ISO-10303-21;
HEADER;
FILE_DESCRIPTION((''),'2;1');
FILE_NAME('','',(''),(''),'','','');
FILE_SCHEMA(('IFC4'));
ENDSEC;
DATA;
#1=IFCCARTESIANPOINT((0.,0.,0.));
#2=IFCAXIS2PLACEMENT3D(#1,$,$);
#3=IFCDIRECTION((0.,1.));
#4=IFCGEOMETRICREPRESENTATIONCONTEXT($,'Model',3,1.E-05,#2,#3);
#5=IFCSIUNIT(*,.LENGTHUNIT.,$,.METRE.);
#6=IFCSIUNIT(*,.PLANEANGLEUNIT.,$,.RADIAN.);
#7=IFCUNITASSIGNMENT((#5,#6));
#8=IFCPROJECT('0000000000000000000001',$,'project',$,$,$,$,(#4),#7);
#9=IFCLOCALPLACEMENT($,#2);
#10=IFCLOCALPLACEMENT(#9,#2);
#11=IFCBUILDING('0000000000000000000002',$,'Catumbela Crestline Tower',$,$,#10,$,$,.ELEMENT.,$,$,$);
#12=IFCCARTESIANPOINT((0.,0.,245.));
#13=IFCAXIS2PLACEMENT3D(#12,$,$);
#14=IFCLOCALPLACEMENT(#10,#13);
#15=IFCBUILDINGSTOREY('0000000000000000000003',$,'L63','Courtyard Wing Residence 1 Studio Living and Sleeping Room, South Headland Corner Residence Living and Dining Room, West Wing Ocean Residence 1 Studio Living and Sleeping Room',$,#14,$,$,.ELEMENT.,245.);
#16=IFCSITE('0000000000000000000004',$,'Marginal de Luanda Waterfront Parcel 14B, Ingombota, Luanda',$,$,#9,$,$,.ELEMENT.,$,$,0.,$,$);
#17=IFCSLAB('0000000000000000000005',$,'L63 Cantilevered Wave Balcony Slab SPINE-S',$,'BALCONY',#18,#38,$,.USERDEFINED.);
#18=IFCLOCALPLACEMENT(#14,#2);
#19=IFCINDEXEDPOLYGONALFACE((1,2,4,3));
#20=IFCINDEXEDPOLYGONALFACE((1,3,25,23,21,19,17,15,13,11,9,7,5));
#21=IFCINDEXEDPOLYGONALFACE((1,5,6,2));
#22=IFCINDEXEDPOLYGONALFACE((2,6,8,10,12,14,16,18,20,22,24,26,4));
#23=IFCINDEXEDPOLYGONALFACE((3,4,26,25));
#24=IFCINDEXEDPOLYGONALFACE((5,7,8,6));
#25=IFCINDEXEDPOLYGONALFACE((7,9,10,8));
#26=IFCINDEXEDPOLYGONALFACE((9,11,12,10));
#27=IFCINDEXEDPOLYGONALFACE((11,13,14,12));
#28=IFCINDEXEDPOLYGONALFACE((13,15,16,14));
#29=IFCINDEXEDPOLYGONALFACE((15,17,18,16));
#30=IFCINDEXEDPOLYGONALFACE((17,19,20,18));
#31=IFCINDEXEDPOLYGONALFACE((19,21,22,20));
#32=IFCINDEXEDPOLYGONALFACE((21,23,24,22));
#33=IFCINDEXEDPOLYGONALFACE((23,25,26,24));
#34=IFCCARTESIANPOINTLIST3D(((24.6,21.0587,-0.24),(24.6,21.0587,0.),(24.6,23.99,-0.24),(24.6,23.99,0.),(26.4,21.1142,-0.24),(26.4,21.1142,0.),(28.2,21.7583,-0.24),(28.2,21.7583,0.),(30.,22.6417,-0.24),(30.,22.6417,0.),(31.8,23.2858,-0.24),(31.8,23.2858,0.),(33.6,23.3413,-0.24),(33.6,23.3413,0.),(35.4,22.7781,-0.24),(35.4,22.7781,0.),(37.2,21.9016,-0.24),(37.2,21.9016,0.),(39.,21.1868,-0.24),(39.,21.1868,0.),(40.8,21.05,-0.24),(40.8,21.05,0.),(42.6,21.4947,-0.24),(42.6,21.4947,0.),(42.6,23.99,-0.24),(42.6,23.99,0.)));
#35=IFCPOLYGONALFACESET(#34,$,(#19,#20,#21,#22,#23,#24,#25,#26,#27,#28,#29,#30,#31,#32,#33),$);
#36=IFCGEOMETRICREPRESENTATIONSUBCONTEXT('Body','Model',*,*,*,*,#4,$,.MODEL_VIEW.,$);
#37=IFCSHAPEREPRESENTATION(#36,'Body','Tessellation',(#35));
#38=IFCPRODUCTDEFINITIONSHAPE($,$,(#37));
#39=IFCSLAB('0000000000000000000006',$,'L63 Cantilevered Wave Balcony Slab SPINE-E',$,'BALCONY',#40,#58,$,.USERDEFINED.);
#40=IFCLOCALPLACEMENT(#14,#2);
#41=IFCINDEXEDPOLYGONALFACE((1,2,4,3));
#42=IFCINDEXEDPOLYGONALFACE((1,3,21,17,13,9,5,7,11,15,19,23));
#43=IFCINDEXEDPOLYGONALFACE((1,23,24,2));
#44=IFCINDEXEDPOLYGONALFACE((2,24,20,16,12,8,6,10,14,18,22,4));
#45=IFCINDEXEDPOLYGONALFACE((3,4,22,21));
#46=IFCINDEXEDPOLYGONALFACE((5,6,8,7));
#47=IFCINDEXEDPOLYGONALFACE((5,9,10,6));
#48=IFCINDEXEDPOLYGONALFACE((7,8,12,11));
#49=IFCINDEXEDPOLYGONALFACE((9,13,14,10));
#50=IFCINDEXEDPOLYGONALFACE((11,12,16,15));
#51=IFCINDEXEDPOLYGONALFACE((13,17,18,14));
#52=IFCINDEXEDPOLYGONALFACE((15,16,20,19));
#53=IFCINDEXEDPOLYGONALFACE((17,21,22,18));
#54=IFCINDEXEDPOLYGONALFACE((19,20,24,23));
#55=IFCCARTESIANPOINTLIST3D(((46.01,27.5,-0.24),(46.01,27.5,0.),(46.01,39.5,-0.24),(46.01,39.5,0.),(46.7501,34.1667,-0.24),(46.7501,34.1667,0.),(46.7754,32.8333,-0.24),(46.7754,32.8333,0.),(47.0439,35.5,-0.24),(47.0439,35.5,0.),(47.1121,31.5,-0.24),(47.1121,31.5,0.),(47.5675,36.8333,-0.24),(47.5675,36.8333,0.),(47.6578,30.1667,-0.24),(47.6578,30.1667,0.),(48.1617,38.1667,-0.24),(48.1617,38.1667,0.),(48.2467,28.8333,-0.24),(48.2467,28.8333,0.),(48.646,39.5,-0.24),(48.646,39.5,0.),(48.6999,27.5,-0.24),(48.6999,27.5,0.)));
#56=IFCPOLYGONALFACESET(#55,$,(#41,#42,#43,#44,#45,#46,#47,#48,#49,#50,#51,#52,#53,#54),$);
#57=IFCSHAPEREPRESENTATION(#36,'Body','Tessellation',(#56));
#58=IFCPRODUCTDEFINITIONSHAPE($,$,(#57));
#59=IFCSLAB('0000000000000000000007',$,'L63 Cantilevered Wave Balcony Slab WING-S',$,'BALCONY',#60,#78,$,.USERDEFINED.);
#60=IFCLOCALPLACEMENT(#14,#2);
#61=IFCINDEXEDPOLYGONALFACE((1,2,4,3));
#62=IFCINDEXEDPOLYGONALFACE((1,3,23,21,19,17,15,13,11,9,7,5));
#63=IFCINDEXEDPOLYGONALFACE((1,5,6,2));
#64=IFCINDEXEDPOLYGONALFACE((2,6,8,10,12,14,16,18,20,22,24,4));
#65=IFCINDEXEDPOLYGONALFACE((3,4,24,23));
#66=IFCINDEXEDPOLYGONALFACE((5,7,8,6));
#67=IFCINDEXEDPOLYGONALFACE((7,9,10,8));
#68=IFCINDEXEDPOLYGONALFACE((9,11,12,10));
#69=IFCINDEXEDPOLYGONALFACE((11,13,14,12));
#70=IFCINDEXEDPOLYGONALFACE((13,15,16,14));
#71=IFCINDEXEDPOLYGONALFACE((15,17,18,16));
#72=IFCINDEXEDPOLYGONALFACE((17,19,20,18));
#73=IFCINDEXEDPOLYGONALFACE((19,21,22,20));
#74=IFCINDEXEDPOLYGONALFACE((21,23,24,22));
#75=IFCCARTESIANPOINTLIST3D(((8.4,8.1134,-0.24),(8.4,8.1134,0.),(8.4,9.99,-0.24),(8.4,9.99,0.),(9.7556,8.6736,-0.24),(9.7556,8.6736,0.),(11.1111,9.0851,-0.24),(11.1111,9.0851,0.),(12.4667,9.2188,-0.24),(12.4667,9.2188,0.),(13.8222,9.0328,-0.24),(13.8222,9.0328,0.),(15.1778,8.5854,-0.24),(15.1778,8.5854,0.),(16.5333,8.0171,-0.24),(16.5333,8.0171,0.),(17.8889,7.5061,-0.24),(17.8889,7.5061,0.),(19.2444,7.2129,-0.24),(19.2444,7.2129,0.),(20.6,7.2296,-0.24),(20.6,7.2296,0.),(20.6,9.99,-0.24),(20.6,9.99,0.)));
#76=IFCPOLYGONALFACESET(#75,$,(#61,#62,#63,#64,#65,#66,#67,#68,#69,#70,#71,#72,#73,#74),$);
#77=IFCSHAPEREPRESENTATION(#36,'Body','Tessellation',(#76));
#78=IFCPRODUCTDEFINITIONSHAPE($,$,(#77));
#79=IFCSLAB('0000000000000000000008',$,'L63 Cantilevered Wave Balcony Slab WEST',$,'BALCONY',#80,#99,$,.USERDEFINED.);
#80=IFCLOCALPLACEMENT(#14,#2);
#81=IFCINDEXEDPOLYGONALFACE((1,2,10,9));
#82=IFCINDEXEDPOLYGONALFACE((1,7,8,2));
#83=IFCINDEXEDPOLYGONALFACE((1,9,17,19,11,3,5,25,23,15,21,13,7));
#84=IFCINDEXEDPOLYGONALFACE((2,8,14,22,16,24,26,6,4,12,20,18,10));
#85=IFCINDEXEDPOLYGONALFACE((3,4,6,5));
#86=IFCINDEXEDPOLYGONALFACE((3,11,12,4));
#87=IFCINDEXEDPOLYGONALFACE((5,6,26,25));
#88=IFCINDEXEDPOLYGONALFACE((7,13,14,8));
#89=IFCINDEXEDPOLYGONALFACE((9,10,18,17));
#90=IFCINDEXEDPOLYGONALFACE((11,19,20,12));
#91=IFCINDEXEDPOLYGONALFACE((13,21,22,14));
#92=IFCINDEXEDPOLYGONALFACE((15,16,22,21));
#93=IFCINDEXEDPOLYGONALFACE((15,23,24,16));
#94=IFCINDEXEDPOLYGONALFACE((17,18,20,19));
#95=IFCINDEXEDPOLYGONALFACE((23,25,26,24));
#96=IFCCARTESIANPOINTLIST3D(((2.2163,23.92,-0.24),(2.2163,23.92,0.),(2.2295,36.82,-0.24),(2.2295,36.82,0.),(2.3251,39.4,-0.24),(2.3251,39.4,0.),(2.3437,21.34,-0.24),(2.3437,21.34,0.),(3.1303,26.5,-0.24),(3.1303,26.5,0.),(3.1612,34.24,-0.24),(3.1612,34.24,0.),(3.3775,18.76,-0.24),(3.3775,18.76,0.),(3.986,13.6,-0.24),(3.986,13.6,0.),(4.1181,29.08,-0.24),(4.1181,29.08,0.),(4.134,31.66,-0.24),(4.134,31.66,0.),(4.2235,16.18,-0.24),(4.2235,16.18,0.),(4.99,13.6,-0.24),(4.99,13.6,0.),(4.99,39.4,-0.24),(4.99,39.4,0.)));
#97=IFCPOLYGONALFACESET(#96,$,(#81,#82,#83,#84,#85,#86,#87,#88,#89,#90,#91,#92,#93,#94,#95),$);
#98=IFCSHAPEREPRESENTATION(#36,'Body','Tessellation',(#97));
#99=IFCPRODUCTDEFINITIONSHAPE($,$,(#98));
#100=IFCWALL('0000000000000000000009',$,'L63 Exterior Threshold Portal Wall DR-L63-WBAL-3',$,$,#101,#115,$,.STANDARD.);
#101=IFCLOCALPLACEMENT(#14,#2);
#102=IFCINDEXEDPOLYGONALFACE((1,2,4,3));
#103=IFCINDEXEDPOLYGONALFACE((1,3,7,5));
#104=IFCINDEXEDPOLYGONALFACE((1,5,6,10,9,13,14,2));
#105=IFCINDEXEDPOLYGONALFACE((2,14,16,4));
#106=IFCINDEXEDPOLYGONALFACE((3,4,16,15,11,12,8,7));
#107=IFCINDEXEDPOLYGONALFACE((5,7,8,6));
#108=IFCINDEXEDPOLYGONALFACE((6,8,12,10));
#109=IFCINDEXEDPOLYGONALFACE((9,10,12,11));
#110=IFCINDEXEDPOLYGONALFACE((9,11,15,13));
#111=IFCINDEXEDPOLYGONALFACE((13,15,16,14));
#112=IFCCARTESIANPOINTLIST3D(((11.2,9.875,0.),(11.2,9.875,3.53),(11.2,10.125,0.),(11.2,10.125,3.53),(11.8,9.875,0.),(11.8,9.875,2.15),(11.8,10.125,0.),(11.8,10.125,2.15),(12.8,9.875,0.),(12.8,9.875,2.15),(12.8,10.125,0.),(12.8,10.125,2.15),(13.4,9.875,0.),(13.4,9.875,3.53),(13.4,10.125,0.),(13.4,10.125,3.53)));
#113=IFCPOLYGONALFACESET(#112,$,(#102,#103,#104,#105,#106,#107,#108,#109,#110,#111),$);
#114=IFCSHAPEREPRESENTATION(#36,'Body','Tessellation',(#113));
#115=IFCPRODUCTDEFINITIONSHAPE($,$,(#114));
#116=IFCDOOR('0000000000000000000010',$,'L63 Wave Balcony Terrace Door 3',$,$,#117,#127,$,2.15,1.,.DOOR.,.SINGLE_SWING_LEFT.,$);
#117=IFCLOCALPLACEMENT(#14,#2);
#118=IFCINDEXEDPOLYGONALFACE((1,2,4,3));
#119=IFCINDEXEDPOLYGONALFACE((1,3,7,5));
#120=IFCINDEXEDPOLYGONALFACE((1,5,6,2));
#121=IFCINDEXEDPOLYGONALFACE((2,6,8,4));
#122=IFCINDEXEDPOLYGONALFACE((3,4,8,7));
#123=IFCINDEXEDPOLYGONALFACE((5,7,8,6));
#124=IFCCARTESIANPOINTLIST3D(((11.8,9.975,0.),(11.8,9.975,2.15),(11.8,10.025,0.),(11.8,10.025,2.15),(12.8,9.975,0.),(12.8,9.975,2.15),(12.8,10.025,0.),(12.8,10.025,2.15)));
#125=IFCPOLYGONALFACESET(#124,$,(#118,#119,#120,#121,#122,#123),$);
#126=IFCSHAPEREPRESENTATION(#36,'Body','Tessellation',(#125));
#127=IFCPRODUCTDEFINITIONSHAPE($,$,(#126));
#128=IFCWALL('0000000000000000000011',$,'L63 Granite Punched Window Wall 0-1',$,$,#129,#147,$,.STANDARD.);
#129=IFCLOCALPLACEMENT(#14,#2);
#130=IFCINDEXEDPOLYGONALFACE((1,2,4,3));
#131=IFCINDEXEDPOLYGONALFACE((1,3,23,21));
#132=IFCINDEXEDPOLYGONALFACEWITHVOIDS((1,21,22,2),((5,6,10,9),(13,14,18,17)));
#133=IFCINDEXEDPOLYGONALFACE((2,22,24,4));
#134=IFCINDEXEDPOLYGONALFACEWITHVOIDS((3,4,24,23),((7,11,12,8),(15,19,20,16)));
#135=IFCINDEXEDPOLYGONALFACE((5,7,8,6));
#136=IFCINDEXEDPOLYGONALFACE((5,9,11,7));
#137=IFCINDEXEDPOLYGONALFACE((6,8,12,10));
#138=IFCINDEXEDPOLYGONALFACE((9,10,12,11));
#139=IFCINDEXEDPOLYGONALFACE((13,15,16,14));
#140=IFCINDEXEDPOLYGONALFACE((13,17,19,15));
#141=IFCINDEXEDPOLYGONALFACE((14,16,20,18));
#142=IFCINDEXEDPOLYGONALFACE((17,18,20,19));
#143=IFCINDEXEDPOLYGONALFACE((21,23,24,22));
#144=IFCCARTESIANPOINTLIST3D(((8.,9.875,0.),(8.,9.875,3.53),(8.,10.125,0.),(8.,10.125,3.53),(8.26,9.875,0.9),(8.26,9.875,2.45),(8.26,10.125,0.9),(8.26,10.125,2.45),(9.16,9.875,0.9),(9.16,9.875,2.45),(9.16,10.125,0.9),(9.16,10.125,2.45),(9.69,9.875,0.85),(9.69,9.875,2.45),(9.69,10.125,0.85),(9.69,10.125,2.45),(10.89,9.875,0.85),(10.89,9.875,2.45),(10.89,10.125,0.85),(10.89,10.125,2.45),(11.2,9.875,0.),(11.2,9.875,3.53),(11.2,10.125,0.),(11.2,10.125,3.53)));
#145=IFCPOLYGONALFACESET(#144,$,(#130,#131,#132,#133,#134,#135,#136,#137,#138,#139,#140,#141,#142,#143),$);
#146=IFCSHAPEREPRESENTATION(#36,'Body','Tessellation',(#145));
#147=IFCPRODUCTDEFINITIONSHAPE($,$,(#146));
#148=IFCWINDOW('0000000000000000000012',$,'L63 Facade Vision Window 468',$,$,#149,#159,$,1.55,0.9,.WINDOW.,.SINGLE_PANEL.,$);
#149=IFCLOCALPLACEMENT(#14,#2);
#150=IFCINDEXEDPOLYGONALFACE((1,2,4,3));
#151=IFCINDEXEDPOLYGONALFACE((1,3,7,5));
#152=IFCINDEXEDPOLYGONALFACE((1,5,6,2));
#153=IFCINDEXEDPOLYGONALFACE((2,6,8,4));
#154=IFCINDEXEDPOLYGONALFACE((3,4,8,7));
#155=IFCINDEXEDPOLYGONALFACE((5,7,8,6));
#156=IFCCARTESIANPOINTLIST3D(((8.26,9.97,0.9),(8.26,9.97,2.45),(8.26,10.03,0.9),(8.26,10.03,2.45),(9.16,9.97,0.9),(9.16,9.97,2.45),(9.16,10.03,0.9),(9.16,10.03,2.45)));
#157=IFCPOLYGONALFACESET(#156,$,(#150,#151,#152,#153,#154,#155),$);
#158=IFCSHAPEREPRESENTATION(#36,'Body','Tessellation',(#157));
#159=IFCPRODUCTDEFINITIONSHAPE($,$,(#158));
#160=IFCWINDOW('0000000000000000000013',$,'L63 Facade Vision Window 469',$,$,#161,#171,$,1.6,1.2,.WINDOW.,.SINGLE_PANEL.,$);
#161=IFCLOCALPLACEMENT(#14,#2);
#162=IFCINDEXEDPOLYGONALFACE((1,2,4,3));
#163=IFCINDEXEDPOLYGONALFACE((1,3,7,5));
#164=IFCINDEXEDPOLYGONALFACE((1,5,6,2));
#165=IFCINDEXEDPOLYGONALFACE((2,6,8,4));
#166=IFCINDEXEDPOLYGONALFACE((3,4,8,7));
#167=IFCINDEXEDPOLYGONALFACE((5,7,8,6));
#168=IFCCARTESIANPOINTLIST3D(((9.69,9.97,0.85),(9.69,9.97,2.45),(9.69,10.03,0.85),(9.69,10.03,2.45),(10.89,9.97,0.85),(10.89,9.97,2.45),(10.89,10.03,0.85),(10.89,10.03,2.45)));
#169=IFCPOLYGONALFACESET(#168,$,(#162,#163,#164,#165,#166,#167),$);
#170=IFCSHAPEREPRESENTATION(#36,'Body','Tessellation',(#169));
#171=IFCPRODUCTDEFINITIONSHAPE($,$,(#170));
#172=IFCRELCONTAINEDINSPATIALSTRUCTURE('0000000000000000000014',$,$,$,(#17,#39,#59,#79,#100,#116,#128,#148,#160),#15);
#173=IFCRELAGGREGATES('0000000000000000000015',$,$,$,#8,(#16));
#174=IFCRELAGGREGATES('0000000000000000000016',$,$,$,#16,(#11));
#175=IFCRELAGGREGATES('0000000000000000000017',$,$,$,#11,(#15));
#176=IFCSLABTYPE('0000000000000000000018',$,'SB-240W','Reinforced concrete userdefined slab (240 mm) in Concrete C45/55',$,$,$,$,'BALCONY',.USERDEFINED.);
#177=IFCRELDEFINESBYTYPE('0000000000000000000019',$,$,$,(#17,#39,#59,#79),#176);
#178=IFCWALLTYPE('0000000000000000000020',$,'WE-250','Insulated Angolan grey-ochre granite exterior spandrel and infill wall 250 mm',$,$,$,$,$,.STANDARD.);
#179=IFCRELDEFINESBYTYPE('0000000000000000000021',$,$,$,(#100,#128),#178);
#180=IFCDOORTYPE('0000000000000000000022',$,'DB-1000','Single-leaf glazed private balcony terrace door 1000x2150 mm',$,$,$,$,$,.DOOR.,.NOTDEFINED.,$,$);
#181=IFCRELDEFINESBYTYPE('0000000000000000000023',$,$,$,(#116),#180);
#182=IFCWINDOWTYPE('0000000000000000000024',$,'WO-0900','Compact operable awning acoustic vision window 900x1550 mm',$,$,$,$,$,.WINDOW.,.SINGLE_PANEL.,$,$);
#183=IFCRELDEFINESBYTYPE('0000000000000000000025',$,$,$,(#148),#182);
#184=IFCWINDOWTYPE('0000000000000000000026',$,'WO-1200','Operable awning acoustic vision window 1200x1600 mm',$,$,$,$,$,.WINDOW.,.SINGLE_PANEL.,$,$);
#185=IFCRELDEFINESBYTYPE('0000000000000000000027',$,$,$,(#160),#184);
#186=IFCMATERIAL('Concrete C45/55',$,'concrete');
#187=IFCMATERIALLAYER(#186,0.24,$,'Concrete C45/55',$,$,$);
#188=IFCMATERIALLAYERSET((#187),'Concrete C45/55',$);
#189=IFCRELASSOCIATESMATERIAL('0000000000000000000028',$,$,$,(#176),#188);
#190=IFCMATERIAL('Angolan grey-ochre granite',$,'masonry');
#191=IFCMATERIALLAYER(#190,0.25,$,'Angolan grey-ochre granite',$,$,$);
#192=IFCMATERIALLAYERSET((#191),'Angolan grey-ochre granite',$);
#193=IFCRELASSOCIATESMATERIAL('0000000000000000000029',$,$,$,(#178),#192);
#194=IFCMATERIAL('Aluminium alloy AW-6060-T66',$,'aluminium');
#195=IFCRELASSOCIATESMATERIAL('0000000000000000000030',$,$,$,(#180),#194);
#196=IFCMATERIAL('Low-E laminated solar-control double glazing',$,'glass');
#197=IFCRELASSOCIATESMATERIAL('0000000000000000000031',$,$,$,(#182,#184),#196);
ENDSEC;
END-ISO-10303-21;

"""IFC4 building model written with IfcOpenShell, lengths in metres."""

from ifc_helpers import new_model, si_unit, direction, frame, frame_2d, origin, place, context, subcontext, project, spatial, polyline, rectangle, outline, extrude, material, layer, layer_set, type_object, element, fill, save


model = new_model("IFC4")

# Units and contexts
model_context = context("Model", 3, precision=1e-05, world=origin(), true_north=direction((0.0, 1.0)))
body_context = subcontext(model_context, "Body", "Model", "MODEL_VIEW")
ifc_project = project(units=[si_unit("LENGTHUNIT", "METRE"), si_unit("PLANEANGLEUNIT", "RADIAN")], contexts=[model_context])

# Site, building, storey
site_placement = place(None, origin())
site = spatial("IfcSite", under=ifc_project, at=site_placement, Name="Marginal de Luanda Waterfront Parcel 14B, Ingombota, Luanda", CompositionType="ELEMENT", RefElevation=0.0)
building_placement = place(site_placement, origin())
building = spatial("IfcBuilding", under=site, at=building_placement, Name="Catumbela Crestline Tower", CompositionType="ELEMENT")
storey_placement = place(building_placement, frame((0.0, 0.0, 245.0)))
storey = spatial("IfcBuildingStorey", under=building, at=storey_placement, Name="L63", Description="Courtyard Wing Residence 1 Studio Living and Sleeping Room, South Headland Corner Residence Living and Dining Room, West Wing Ocean Residence 1 Studio Living and Sleeping Room", CompositionType="ELEMENT", Elevation=245.0)

# Shared definitions
ifc_material_1 = material(Name="Aluminium alloy AW-6060-T66", Category="aluminium")
ifc_material_2 = material(Name="Low-E laminated solar-control double glazing", Category="glass")

# Shared definitions
ifc_material_3 = material(Name="Concrete C45/55", Category="concrete")

# Slabs
ifc_layer_1 = layer(ifc_material_3, 0.24, Name="Concrete C45/55")
ifc_layer_set_1 = layer_set([ifc_layer_1], Name="Concrete C45/55")
slab_type_1 = type_object("IfcSlabType", Name="SB-240W", Description="Reinforced concrete userdefined slab (240 mm) in Concrete C45/55", ElementType="BALCONY", PredefinedType="USERDEFINED", material=ifc_layer_set_1)
slab_1_placement = place(storey_placement, frame((0.0, 0.0, -0.24)))
element("IfcSlab", 1, at=slab_1_placement, inside=storey, type_object=slab_type_1, Name="L63 Cantilevered Wave Balcony Slab SPINE-S", ObjectType="BALCONY", PredefinedType="USERDEFINED", context=body_context, shape_type="SweptSolid", body=[
    extrude(outline(polyline([(24.6, 21.0587), (26.4, 21.1142), (28.2, 21.7583), (30.0, 22.6417), (31.8, 23.2858), (33.6, 23.3413), (35.4, 22.7781), (37.2, 21.9016), (39.0, 21.1868), (40.8, 21.05), (42.6, 21.4947), (42.6, 23.99), (24.6, 23.99), (24.6, 21.0587)])), origin(), (0.0, 0.0, 1.0), 0.24),
])
slab_2_placement = place(storey_placement, frame((0.0, 0.0, -0.24)))
element("IfcSlab", 2, at=slab_2_placement, inside=storey, type_object=slab_type_1, Name="L63 Cantilevered Wave Balcony Slab SPINE-E", ObjectType="BALCONY", PredefinedType="USERDEFINED", context=body_context, shape_type="SweptSolid", body=[
    extrude(outline(polyline([(46.01, 27.5), (48.6999, 27.5), (48.2467, 28.8333), (47.6578, 30.1667), (47.1121, 31.5), (46.7754, 32.8333), (46.7501, 34.1667), (47.0439, 35.5), (47.5675, 36.8333), (48.1617, 38.1667), (48.646, 39.5), (46.01, 39.5), (46.01, 27.5)])), origin(), (0.0, 0.0, 1.0), 0.24),
])
slab_3_placement = place(storey_placement, frame((0.0, 0.0, -0.24)))
element("IfcSlab", 3, at=slab_3_placement, inside=storey, type_object=slab_type_1, Name="L63 Cantilevered Wave Balcony Slab WING-S", ObjectType="BALCONY", PredefinedType="USERDEFINED", context=body_context, shape_type="SweptSolid", body=[
    extrude(outline(polyline([(8.4, 8.1134), (9.7556, 8.6736), (11.1111, 9.0851), (12.4667, 9.2188), (13.8222, 9.0328), (15.1778, 8.5854), (16.5333, 8.0171), (17.8889, 7.5061), (19.2444, 7.2129), (20.6, 7.2296), (20.6, 9.99), (8.4, 9.99), (8.4, 8.1134)])), origin(), (0.0, 0.0, 1.0), 0.24),
])
slab_4_placement = place(storey_placement, frame((0.0, 0.0, -0.24)))
element("IfcSlab", 4, at=slab_4_placement, inside=storey, type_object=slab_type_1, Name="L63 Cantilevered Wave Balcony Slab WEST", ObjectType="BALCONY", PredefinedType="USERDEFINED", context=body_context, shape_type="SweptSolid", body=[
    extrude(outline(polyline([(4.99, 39.4), (2.3251, 39.4), (2.2295, 36.82), (3.1612, 34.24), (4.134, 31.66), (4.1181, 29.08), (3.1303, 26.5), (2.2163, 23.92), (2.3437, 21.34), (3.3775, 18.76), (4.2235, 16.18), (3.986, 13.6), (4.99, 13.6), (4.99, 39.4)])), origin(), (0.0, 0.0, 1.0), 0.24),
])

# Wall, opening, door
ifc_material_4 = material(Name="Angolan grey-ochre granite", Category="masonry")
ifc_layer_2 = layer(ifc_material_4, 0.25, Name="Angolan grey-ochre granite")
ifc_layer_set_2 = layer_set([ifc_layer_2], Name="Angolan grey-ochre granite")
wall_type = type_object("IfcWallType", Name="WE-250", Description="Insulated Angolan grey-ochre granite exterior spandrel and infill wall 250 mm", PredefinedType="STANDARD", material=ifc_layer_set_2)
wall_1_placement = place(storey_placement, frame((11.2, 10.0, 0.0), z_axis=(0.0, 0.0, 1.0), x_axis=(1.0, 0.0, 0.0)))
wall_1 = element("IfcWall", 5, at=wall_1_placement, inside=storey, type_object=wall_type, Name="L63 Exterior Threshold Portal Wall DR-L63-WBAL-3", PredefinedType="STANDARD", context=body_context, shape_type="SweptSolid", body=[
    extrude(rectangle(XDim=2.2, YDim=0.25, at=frame_2d((1.1, 0.0))), origin(), (0.0, 0.0, 1.0), 3.53),
])
opening_1_placement = place(wall_1_placement, frame((0.6, 0.0, 0.0)))
opening_1 = element("IfcOpeningElement", 6, at=opening_1_placement, cuts=wall_1, PredefinedType="OPENING", context=body_context, shape_type="SweptSolid", body=[
    extrude(rectangle(XDim=1.0, YDim=2.15, at=frame_2d((0.5, 1.075))), frame((0.0, 0.135, 0.0), z_axis=(0.0, -1.0, 0.0), x_axis=(1.0, 0.0, 0.0)), (0.0, 0.0, 1.0), 0.27),
])
door_type = type_object("IfcDoorType", Name="DB-1000", Description="Single-leaf glazed private balcony terrace door 1000x2150 mm", OperationType="NOTDEFINED", PredefinedType="DOOR", material=ifc_material_1)
door_placement = place(opening_1_placement, origin())
door = element("IfcDoor", 7, at=door_placement, inside=storey, type_object=door_type, Name="L63 Wave Balcony Terrace Door 3", OperationType="SINGLE_SWING_LEFT", OverallHeight=2.15, OverallWidth=1.0, PredefinedType="DOOR", context=body_context, shape_type="SweptSolid", body=[
    extrude(rectangle(XDim=1.0, YDim=2.15, at=frame_2d((0.5, 1.075))), frame((0.0, 0.025, 0.0), z_axis=(0.0, -1.0, 0.0), x_axis=(1.0, 0.0, 0.0)), (0.0, 0.0, 1.0), 0.05),
])
fill(opening_1, door)

# Wall, openings, windows
wall_2_placement = place(storey_placement, frame((8.0, 10.0, 0.0), z_axis=(0.0, 0.0, 1.0), x_axis=(1.0, 0.0, 0.0)))
wall_2 = element("IfcWall", 8, at=wall_2_placement, inside=storey, type_object=wall_type, Name="L63 Granite Punched Window Wall 0-1", PredefinedType="STANDARD", context=body_context, shape_type="SweptSolid", body=[
    extrude(rectangle(XDim=3.2, YDim=0.25, at=frame_2d((1.6, 0.0))), origin(), (0.0, 0.0, 1.0), 3.53),
])
opening_2_placement = place(wall_2_placement, frame((0.26, 0.0, 0.9)))
opening_2 = element("IfcOpeningElement", 9, at=opening_2_placement, cuts=wall_2, PredefinedType="OPENING", context=body_context, shape_type="SweptSolid", body=[
    extrude(rectangle(XDim=0.9, YDim=1.55, at=frame_2d((0.45, 0.775))), frame((0.0, 0.135, 0.0), z_axis=(0.0, -1.0, 0.0), x_axis=(1.0, 0.0, 0.0)), (0.0, 0.0, 1.0), 0.27),
])
opening_3_placement = place(wall_2_placement, frame((1.69, 0.0, 0.85)))
opening_3 = element("IfcOpeningElement", 10, at=opening_3_placement, cuts=wall_2, PredefinedType="OPENING", context=body_context, shape_type="SweptSolid", body=[
    extrude(rectangle(XDim=1.2, YDim=1.6, at=frame_2d((0.6, 0.8))), frame((0.0, 0.135, 0.0), z_axis=(0.0, -1.0, 0.0), x_axis=(1.0, 0.0, 0.0)), (0.0, 0.0, 1.0), 0.27),
])
window_type_1 = type_object("IfcWindowType", Name="WO-0900", Description="Compact operable awning acoustic vision window 900x1550 mm", PartitioningType="SINGLE_PANEL", PredefinedType="WINDOW", material=ifc_material_2)
window_1_placement = place(opening_2_placement, origin())
window_1 = element("IfcWindow", 11, at=window_1_placement, inside=storey, type_object=window_type_1, Name="L63 Facade Vision Window 468", OverallHeight=1.55, OverallWidth=0.9, PartitioningType="SINGLE_PANEL", PredefinedType="WINDOW", context=body_context, shape_type="SweptSolid", body=[
    extrude(rectangle(XDim=0.9, YDim=1.55, at=frame_2d((0.45, 0.775))), frame((0.0, 0.03, 0.0), z_axis=(0.0, -1.0, 0.0), x_axis=(1.0, 0.0, 0.0)), (0.0, 0.0, 1.0), 0.06),
])
fill(opening_2, window_1)
window_type_2 = type_object("IfcWindowType", Name="WO-1200", Description="Operable awning acoustic vision window 1200x1600 mm", PartitioningType="SINGLE_PANEL", PredefinedType="WINDOW", material=ifc_material_2)
window_2_placement = place(opening_3_placement, origin())
window_2 = element("IfcWindow", 12, at=window_2_placement, inside=storey, type_object=window_type_2, Name="L63 Facade Vision Window 469", OverallHeight=1.6, OverallWidth=1.2, PartitioningType="SINGLE_PANEL", PredefinedType="WINDOW", context=body_context, shape_type="SweptSolid", body=[
    extrude(rectangle(XDim=1.2, YDim=1.6, at=frame_2d((0.6, 0.8))), frame((0.0, 0.03, 0.0), z_axis=(0.0, -1.0, 0.0), x_axis=(1.0, 0.0, 0.0)), (0.0, 0.0, 1.0), 0.06),
])
fill(opening_3, window_2)

save(model, "model.ifc")
